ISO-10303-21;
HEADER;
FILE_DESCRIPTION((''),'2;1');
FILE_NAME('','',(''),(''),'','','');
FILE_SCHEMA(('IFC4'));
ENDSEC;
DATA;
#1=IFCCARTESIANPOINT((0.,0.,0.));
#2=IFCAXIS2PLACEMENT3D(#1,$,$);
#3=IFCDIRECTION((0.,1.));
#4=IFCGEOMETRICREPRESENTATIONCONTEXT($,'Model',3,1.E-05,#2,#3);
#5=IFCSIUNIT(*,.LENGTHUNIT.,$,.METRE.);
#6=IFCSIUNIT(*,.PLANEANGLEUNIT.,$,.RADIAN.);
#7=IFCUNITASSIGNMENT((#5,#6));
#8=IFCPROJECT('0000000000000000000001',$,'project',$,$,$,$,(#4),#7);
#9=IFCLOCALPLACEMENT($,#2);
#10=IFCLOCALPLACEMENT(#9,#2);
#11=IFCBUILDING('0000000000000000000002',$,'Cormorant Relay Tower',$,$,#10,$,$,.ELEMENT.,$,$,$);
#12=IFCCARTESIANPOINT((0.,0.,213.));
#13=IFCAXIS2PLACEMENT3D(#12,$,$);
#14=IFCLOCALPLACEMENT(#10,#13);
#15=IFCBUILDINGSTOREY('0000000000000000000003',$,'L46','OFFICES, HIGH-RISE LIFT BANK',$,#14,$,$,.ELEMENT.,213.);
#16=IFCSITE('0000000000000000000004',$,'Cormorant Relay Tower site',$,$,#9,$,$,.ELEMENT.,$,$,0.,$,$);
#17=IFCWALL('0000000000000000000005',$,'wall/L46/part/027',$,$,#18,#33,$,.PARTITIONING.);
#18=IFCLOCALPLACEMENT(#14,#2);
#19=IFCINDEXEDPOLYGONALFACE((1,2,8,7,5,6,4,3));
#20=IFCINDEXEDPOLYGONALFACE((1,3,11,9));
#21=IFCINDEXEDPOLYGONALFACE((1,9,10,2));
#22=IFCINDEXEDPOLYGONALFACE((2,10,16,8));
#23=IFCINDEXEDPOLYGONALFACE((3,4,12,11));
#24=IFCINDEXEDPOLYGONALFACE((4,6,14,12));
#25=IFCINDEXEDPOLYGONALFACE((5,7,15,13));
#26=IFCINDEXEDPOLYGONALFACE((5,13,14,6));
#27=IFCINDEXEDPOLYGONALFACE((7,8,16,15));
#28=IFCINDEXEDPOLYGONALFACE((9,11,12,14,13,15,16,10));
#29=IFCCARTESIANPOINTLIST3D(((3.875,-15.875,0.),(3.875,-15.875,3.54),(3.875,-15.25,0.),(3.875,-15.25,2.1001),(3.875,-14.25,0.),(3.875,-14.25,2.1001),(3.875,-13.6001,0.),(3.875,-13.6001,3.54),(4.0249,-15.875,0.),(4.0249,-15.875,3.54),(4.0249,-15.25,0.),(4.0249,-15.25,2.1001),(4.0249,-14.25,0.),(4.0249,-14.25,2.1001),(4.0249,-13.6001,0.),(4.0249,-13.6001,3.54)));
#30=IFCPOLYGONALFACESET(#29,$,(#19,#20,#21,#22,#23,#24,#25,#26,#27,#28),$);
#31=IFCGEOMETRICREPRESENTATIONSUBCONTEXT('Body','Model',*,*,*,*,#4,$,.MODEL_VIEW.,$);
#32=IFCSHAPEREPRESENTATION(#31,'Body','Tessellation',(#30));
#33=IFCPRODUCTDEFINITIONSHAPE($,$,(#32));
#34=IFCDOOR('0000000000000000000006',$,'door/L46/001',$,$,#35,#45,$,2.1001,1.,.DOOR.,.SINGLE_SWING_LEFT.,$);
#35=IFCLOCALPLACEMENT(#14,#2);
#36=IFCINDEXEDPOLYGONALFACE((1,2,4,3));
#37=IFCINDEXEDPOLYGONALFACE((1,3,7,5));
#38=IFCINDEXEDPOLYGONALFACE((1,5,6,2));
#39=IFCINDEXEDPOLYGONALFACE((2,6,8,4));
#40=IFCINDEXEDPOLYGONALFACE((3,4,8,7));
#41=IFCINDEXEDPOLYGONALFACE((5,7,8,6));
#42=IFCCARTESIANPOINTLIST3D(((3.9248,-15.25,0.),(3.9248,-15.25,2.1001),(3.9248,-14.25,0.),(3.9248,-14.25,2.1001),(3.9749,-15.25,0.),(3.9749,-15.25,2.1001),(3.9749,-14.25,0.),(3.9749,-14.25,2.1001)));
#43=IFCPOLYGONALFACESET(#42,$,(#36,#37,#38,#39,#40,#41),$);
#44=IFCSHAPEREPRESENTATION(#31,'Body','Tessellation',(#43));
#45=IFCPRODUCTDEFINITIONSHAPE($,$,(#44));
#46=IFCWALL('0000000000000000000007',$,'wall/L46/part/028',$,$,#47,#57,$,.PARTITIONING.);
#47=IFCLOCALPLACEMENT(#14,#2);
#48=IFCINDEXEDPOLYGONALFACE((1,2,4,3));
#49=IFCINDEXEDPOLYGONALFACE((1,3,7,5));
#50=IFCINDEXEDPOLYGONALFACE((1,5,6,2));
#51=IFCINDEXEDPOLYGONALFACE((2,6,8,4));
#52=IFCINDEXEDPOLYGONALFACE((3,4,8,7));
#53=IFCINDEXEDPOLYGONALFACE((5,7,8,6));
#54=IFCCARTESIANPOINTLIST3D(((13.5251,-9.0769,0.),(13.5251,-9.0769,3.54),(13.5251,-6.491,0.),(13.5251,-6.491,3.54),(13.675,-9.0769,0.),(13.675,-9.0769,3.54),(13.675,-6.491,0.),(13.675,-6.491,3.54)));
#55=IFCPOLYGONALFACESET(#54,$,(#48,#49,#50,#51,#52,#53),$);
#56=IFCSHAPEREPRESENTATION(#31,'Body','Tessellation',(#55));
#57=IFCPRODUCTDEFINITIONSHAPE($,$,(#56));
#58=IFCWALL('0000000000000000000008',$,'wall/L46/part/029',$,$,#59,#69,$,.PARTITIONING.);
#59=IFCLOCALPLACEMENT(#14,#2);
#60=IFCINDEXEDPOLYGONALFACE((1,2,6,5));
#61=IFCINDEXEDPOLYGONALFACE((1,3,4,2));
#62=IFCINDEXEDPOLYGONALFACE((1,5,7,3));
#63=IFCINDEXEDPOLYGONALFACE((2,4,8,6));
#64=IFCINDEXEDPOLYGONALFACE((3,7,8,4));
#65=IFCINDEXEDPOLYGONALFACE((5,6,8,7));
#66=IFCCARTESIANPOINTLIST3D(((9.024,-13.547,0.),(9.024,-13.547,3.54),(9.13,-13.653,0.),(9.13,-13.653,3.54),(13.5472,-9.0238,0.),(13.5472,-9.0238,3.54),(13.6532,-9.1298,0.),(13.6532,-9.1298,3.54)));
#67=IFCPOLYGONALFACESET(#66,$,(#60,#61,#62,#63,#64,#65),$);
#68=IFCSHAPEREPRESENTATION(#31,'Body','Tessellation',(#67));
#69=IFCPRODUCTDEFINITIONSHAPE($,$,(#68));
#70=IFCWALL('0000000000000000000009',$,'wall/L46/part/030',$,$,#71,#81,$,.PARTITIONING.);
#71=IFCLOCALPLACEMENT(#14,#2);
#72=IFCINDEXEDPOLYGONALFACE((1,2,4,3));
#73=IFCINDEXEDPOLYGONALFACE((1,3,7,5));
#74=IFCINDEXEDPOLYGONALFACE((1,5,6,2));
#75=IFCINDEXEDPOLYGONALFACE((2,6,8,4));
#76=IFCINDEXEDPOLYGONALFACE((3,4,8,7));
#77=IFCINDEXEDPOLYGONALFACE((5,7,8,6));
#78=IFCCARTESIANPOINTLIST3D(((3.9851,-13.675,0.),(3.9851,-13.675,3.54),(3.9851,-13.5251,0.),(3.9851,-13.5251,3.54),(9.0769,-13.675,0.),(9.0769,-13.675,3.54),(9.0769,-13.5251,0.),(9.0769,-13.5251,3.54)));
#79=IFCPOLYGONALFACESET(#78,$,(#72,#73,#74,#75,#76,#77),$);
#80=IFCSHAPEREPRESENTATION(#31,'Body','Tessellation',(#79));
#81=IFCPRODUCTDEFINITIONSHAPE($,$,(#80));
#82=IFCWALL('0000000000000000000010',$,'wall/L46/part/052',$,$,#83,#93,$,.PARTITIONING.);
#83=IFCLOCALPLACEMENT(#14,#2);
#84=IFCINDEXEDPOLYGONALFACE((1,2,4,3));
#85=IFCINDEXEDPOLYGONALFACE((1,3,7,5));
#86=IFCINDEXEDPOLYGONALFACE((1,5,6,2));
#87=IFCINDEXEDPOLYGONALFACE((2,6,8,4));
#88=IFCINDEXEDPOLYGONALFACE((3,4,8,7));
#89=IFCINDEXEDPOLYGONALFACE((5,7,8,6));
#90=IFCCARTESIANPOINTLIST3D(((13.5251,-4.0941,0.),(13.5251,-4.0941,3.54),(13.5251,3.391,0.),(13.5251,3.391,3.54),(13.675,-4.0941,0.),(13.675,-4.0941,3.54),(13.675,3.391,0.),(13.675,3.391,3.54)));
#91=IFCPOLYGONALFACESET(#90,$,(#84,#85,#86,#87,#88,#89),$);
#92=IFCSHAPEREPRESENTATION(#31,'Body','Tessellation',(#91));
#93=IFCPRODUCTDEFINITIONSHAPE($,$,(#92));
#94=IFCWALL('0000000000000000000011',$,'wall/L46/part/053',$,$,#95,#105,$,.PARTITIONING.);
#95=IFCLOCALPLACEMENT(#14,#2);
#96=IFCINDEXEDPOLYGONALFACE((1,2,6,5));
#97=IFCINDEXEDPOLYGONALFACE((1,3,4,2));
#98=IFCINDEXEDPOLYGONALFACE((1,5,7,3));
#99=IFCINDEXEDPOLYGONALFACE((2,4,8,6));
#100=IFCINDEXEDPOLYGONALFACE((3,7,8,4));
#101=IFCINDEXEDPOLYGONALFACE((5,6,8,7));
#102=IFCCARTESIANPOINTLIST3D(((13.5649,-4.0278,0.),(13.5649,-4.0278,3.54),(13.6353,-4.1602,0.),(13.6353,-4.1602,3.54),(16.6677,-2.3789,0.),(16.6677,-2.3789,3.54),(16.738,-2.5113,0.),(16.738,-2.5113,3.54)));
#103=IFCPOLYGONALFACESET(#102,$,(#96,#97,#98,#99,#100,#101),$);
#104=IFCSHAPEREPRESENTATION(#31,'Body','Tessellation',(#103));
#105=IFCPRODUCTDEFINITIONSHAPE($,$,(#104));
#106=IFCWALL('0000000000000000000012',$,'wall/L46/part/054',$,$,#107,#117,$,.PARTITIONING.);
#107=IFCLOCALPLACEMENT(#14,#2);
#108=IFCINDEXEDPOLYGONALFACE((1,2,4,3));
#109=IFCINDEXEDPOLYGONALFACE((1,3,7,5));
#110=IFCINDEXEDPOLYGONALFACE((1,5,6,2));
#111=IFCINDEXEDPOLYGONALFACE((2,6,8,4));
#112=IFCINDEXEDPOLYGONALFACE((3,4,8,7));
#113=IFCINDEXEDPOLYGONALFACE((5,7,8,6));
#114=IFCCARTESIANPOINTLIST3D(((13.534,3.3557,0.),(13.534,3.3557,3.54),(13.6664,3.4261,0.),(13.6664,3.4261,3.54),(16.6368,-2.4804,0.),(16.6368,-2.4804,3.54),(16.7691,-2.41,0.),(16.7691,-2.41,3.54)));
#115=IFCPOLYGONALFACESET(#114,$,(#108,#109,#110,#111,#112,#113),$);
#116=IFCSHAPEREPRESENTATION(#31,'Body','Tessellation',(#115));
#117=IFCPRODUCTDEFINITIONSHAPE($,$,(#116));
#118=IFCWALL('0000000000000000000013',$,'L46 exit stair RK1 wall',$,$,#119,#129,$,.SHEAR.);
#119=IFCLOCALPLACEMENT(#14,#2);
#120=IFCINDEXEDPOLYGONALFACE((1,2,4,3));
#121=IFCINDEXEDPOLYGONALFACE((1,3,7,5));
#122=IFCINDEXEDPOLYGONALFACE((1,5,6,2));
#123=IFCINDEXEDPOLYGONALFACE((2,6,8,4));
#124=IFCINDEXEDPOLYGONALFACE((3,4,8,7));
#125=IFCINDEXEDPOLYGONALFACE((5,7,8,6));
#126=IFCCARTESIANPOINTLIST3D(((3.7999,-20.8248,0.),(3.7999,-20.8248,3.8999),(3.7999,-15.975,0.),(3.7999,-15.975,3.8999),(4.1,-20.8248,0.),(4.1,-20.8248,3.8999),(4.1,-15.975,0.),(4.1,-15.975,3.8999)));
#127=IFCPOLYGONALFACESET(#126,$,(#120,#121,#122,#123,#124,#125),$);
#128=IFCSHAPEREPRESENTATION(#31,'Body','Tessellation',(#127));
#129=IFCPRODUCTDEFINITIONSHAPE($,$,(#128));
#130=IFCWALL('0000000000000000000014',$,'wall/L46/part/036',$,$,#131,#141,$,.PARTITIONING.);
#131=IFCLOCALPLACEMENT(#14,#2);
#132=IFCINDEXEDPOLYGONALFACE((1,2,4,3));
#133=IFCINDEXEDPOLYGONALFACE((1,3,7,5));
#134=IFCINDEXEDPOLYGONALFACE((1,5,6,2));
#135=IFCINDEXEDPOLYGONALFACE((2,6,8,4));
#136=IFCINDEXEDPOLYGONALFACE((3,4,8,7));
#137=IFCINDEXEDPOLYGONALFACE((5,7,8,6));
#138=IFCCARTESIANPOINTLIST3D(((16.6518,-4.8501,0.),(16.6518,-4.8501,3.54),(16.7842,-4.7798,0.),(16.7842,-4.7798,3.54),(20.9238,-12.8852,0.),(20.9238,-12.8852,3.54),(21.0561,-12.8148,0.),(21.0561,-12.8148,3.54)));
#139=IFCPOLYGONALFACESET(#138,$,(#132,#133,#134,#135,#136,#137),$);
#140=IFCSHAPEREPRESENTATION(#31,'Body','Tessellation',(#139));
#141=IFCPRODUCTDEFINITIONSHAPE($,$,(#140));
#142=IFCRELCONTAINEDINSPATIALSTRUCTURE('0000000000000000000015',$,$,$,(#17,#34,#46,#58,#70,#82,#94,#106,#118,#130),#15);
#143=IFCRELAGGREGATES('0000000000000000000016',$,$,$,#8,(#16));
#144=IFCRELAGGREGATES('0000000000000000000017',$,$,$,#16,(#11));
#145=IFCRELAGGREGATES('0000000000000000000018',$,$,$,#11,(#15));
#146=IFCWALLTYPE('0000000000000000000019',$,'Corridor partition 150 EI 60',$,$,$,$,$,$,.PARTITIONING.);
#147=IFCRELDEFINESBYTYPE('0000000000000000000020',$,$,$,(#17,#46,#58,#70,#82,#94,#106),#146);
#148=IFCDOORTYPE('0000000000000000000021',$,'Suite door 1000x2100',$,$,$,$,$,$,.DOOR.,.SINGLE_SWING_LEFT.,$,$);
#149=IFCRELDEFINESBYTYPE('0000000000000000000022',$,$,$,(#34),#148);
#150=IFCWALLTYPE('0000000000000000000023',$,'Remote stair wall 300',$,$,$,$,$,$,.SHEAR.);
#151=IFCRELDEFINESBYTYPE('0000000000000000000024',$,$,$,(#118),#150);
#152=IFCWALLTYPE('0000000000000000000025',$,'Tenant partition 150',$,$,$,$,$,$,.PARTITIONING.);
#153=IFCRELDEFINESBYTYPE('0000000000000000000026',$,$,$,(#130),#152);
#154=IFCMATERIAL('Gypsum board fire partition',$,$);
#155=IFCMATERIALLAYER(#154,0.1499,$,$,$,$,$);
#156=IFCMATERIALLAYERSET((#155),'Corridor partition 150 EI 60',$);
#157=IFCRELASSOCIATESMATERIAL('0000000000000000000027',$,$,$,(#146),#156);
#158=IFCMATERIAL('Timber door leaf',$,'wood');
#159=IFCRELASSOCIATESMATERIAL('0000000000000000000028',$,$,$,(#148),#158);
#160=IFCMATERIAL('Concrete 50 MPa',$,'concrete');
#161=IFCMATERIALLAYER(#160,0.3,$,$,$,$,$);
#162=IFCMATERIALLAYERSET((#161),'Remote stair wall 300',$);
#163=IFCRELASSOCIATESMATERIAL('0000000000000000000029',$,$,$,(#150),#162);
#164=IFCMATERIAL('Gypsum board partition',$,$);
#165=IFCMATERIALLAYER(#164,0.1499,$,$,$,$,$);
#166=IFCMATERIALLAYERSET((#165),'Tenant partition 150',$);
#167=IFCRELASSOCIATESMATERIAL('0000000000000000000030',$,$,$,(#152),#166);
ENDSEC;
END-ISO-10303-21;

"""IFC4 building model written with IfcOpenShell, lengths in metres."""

from ifc_helpers import new_model, si_unit, direction, frame, frame_2d, origin, place, context, subcontext, project, spatial, rectangle, extrude, material, layer, layer_set, type_object, element, fill, save


model = new_model("IFC4")

# Units and contexts
model_context = context("Model", 3, precision=1e-05, world=origin(), true_north=direction((0.0, 1.0)))
body_context = subcontext(model_context, "Body", "Model", "MODEL_VIEW")
ifc_project = project(units=[si_unit("LENGTHUNIT", "METRE"), si_unit("PLANEANGLEUNIT", "RADIAN")], contexts=[model_context])

# Site, building, storey
site_placement = place(None, origin())
site = spatial("IfcSite", under=ifc_project, at=site_placement, Name="Cormorant Relay Tower site", CompositionType="ELEMENT", RefElevation=0.0)
building_placement = place(site_placement, origin())
building = spatial("IfcBuilding", under=site, at=building_placement, Name="Cormorant Relay Tower", CompositionType="ELEMENT")
storey_placement = place(building_placement, frame((0.0, 0.0, 213.0)))
storey = spatial("IfcBuildingStorey", under=building, at=storey_placement, Name="L46", Description="OFFICES, HIGH-RISE LIFT BANK", CompositionType="ELEMENT", Elevation=213.0)

# Wall, opening, door
ifc_material_1 = material(Name="Gypsum board fire partition")
ifc_layer_1 = layer(ifc_material_1, 0.1499)
ifc_layer_set_1 = layer_set([ifc_layer_1], Name="Corridor partition 150 EI 60")
wall_type_1 = type_object("IfcWallType", Name="Corridor partition 150 EI 60", PredefinedType="PARTITIONING", material=ifc_layer_set_1)
wall_1_placement = place(storey_placement, frame((3.95, -13.6001, 0.0), z_axis=(0.0, 0.0, 1.0), x_axis=(0.0, -1.0, 0.0)))
wall_1 = element("IfcWall", 1, at=wall_1_placement, inside=storey, type_object=wall_type_1, Name="wall/L46/part/027", PredefinedType="PARTITIONING", context=body_context, shape_type="SweptSolid", body=[
    extrude(rectangle(XDim=2.2749, YDim=0.1499, at=frame_2d((1.1375, 0.0))), origin(), (0.0, 0.0, 1.0), 3.54),
])
opening_placement = place(wall_1_placement, frame((0.6499, 0.0, 0.0)))
opening = element("IfcOpeningElement", 2, at=opening_placement, cuts=wall_1, PredefinedType="OPENING", context=body_context, shape_type="SweptSolid", body=[
    extrude(rectangle(XDim=1.0, YDim=2.1001, at=frame_2d((0.5, 1.05))), frame((0.0, 0.085, 0.0), z_axis=(0.0, -1.0, 0.0), x_axis=(1.0, 0.0, 0.0)), (0.0, 0.0, 1.0), 0.1699),
])
ifc_material_2 = material(Name="Timber door leaf", Category="wood")
door_type = type_object("IfcDoorType", Name="Suite door 1000x2100", OperationType="SINGLE_SWING_LEFT", PredefinedType="DOOR", material=ifc_material_2)
door_placement = place(opening_placement, origin())
door = element("IfcDoor", 3, at=door_placement, inside=storey, type_object=door_type, Name="door/L46/001", OperationType="SINGLE_SWING_LEFT", OverallHeight=2.1001, OverallWidth=1.0, PredefinedType="DOOR", context=body_context, shape_type="SweptSolid", body=[
    extrude(rectangle(XDim=1.0, YDim=2.1001, at=frame_2d((0.5, 1.05))), frame((0.0, 0.0249, 0.0), z_axis=(0.0, -1.0, 0.0), x_axis=(1.0, 0.0, 0.0)), (0.0, 0.0, 1.0), 0.05),
])
fill(opening, door)

# Walls
wall_2_placement = place(storey_placement, frame((13.6001, -6.491, 0.0), z_axis=(0.0, 0.0, 1.0), x_axis=(0.0, -1.0, 0.0)))
element("IfcWall", 4, at=wall_2_placement, inside=storey, type_object=wall_type_1, Name="wall/L46/part/028", PredefinedType="PARTITIONING", context=body_context, shape_type="SweptSolid", body=[
    extrude(rectangle(XDim=2.5859, YDim=0.1499, at=frame_2d((1.293, 0.0))), origin(), (0.0, 0.0, 1.0), 3.54),
])
wall_3_placement = place(storey_placement, frame((13.6001, -9.0769, 0.0), z_axis=(0.0, 0.0, 1.0), x_axis=(-0.707107, -0.707107, 0.0)))
element("IfcWall", 5, at=wall_3_placement, inside=storey, type_object=wall_type_1, Name="wall/L46/part/029", PredefinedType="PARTITIONING", context=body_context, shape_type="SweptSolid", body=[
    extrude(rectangle(XDim=6.3967, YDim=0.1499, at=frame_2d((3.1982, 0.0))), origin(), (0.0, 0.0, 1.0), 3.54),
])
wall_4_placement = place(storey_placement, frame((9.0769, -13.6001, 0.0), z_axis=(0.0, 0.0, 1.0), x_axis=(-1.0, 0.0, 0.0)))
element("IfcWall", 6, at=wall_4_placement, inside=storey, type_object=wall_type_1, Name="wall/L46/part/030", PredefinedType="PARTITIONING", context=body_context, shape_type="SweptSolid", body=[
    extrude(rectangle(XDim=5.0918, YDim=0.1499, at=frame_2d((2.5459, 0.0))), origin(), (0.0, 0.0, 1.0), 3.54),
])
wall_5_placement = place(storey_placement, frame((13.6001, 3.3911, 0.0), z_axis=(0.0, 0.0, 1.0), x_axis=(0.0, -1.0, 0.0)))
element("IfcWall", 7, at=wall_5_placement, inside=storey, type_object=wall_type_1, Name="wall/L46/part/052", PredefinedType="PARTITIONING", context=body_context, shape_type="SweptSolid", body=[
    extrude(rectangle(XDim=7.4851, YDim=0.1499, at=frame_2d((3.7427, 0.0))), origin(), (0.0, 0.0, 1.0), 3.54),
])
wall_6_placement = place(storey_placement, frame((13.6001, -4.094, 0.0), z_axis=(0.0, 0.0, 1.0), x_axis=(0.883048, 0.469282, 0.0)))
element("IfcWall", 8, at=wall_6_placement, inside=storey, type_object=wall_type_1, Name="wall/L46/part/053", PredefinedType="PARTITIONING", context=body_context, shape_type="SweptSolid", body=[
    extrude(rectangle(XDim=3.5137, YDim=0.1499, at=frame_2d((1.7568, 0.0))), origin(), (0.0, 0.0, 1.0), 3.54),
])
wall_7_placement = place(storey_placement, frame((16.7029, -2.4451, 0.0), z_axis=(0.0, 0.0, 1.0), x_axis=(-0.469428, 0.882971, 0.0)))
element("IfcWall", 9, at=wall_7_placement, inside=storey, type_object=wall_type_1, Name="wall/L46/part/054", PredefinedType="PARTITIONING", context=body_context, shape_type="SweptSolid", body=[
    extrude(rectangle(XDim=6.6096, YDim=0.1499, at=frame_2d((3.3047, 0.0))), origin(), (0.0, 0.0, 1.0), 3.54),
])
ifc_material_3 = material(Name="Concrete 50 MPa", Category="concrete")
ifc_layer_2 = layer(ifc_material_3, 0.3)
ifc_layer_set_2 = layer_set([ifc_layer_2], Name="Remote stair wall 300")
wall_type_2 = type_object("IfcWallType", Name="Remote stair wall 300", PredefinedType="SHEAR", material=ifc_layer_set_2)
wall_8_placement = place(storey_placement, frame((3.95, -15.9751, 0.0), z_axis=(0.0, 0.0, 1.0), x_axis=(0.0, -1.0, 0.0)))
element("IfcWall", 10, at=wall_8_placement, inside=storey, type_object=wall_type_2, Name="L46 exit stair RK1 wall", PredefinedType="SHEAR", context=body_context, shape_type="SweptSolid", body=[
    extrude(rectangle(XDim=4.8499, YDim=0.3, at=frame_2d((2.4248, 0.0))), origin(), (0.0, 0.0, 1.0), 3.8999),
])
ifc_material_4 = material(Name="Gypsum board partition")
ifc_layer_3 = layer(ifc_material_4, 0.1499)
ifc_layer_set_3 = layer_set([ifc_layer_3], Name="Tenant partition 150")
wall_type_3 = type_object("IfcWallType", Name="Tenant partition 150", PredefinedType="PARTITIONING", material=ifc_layer_set_3)
wall_9_placement = place(storey_placement, frame((16.718, -4.8149, 0.0), z_axis=(0.0, 0.0, 1.0), x_axis=(0.469438, -0.882966, 0.0)))
element("IfcWall", 11, at=wall_9_placement, inside=storey, type_object=wall_type_3, Name="wall/L46/part/036", PredefinedType="PARTITIONING", context=body_context, shape_type="SweptSolid", body=[
    extrude(rectangle(XDim=9.1001, YDim=0.1499, at=frame_2d((4.55, 0.0))), origin(), (0.0, 0.0, 1.0), 3.54),
])

save(model, "model.ifc")
